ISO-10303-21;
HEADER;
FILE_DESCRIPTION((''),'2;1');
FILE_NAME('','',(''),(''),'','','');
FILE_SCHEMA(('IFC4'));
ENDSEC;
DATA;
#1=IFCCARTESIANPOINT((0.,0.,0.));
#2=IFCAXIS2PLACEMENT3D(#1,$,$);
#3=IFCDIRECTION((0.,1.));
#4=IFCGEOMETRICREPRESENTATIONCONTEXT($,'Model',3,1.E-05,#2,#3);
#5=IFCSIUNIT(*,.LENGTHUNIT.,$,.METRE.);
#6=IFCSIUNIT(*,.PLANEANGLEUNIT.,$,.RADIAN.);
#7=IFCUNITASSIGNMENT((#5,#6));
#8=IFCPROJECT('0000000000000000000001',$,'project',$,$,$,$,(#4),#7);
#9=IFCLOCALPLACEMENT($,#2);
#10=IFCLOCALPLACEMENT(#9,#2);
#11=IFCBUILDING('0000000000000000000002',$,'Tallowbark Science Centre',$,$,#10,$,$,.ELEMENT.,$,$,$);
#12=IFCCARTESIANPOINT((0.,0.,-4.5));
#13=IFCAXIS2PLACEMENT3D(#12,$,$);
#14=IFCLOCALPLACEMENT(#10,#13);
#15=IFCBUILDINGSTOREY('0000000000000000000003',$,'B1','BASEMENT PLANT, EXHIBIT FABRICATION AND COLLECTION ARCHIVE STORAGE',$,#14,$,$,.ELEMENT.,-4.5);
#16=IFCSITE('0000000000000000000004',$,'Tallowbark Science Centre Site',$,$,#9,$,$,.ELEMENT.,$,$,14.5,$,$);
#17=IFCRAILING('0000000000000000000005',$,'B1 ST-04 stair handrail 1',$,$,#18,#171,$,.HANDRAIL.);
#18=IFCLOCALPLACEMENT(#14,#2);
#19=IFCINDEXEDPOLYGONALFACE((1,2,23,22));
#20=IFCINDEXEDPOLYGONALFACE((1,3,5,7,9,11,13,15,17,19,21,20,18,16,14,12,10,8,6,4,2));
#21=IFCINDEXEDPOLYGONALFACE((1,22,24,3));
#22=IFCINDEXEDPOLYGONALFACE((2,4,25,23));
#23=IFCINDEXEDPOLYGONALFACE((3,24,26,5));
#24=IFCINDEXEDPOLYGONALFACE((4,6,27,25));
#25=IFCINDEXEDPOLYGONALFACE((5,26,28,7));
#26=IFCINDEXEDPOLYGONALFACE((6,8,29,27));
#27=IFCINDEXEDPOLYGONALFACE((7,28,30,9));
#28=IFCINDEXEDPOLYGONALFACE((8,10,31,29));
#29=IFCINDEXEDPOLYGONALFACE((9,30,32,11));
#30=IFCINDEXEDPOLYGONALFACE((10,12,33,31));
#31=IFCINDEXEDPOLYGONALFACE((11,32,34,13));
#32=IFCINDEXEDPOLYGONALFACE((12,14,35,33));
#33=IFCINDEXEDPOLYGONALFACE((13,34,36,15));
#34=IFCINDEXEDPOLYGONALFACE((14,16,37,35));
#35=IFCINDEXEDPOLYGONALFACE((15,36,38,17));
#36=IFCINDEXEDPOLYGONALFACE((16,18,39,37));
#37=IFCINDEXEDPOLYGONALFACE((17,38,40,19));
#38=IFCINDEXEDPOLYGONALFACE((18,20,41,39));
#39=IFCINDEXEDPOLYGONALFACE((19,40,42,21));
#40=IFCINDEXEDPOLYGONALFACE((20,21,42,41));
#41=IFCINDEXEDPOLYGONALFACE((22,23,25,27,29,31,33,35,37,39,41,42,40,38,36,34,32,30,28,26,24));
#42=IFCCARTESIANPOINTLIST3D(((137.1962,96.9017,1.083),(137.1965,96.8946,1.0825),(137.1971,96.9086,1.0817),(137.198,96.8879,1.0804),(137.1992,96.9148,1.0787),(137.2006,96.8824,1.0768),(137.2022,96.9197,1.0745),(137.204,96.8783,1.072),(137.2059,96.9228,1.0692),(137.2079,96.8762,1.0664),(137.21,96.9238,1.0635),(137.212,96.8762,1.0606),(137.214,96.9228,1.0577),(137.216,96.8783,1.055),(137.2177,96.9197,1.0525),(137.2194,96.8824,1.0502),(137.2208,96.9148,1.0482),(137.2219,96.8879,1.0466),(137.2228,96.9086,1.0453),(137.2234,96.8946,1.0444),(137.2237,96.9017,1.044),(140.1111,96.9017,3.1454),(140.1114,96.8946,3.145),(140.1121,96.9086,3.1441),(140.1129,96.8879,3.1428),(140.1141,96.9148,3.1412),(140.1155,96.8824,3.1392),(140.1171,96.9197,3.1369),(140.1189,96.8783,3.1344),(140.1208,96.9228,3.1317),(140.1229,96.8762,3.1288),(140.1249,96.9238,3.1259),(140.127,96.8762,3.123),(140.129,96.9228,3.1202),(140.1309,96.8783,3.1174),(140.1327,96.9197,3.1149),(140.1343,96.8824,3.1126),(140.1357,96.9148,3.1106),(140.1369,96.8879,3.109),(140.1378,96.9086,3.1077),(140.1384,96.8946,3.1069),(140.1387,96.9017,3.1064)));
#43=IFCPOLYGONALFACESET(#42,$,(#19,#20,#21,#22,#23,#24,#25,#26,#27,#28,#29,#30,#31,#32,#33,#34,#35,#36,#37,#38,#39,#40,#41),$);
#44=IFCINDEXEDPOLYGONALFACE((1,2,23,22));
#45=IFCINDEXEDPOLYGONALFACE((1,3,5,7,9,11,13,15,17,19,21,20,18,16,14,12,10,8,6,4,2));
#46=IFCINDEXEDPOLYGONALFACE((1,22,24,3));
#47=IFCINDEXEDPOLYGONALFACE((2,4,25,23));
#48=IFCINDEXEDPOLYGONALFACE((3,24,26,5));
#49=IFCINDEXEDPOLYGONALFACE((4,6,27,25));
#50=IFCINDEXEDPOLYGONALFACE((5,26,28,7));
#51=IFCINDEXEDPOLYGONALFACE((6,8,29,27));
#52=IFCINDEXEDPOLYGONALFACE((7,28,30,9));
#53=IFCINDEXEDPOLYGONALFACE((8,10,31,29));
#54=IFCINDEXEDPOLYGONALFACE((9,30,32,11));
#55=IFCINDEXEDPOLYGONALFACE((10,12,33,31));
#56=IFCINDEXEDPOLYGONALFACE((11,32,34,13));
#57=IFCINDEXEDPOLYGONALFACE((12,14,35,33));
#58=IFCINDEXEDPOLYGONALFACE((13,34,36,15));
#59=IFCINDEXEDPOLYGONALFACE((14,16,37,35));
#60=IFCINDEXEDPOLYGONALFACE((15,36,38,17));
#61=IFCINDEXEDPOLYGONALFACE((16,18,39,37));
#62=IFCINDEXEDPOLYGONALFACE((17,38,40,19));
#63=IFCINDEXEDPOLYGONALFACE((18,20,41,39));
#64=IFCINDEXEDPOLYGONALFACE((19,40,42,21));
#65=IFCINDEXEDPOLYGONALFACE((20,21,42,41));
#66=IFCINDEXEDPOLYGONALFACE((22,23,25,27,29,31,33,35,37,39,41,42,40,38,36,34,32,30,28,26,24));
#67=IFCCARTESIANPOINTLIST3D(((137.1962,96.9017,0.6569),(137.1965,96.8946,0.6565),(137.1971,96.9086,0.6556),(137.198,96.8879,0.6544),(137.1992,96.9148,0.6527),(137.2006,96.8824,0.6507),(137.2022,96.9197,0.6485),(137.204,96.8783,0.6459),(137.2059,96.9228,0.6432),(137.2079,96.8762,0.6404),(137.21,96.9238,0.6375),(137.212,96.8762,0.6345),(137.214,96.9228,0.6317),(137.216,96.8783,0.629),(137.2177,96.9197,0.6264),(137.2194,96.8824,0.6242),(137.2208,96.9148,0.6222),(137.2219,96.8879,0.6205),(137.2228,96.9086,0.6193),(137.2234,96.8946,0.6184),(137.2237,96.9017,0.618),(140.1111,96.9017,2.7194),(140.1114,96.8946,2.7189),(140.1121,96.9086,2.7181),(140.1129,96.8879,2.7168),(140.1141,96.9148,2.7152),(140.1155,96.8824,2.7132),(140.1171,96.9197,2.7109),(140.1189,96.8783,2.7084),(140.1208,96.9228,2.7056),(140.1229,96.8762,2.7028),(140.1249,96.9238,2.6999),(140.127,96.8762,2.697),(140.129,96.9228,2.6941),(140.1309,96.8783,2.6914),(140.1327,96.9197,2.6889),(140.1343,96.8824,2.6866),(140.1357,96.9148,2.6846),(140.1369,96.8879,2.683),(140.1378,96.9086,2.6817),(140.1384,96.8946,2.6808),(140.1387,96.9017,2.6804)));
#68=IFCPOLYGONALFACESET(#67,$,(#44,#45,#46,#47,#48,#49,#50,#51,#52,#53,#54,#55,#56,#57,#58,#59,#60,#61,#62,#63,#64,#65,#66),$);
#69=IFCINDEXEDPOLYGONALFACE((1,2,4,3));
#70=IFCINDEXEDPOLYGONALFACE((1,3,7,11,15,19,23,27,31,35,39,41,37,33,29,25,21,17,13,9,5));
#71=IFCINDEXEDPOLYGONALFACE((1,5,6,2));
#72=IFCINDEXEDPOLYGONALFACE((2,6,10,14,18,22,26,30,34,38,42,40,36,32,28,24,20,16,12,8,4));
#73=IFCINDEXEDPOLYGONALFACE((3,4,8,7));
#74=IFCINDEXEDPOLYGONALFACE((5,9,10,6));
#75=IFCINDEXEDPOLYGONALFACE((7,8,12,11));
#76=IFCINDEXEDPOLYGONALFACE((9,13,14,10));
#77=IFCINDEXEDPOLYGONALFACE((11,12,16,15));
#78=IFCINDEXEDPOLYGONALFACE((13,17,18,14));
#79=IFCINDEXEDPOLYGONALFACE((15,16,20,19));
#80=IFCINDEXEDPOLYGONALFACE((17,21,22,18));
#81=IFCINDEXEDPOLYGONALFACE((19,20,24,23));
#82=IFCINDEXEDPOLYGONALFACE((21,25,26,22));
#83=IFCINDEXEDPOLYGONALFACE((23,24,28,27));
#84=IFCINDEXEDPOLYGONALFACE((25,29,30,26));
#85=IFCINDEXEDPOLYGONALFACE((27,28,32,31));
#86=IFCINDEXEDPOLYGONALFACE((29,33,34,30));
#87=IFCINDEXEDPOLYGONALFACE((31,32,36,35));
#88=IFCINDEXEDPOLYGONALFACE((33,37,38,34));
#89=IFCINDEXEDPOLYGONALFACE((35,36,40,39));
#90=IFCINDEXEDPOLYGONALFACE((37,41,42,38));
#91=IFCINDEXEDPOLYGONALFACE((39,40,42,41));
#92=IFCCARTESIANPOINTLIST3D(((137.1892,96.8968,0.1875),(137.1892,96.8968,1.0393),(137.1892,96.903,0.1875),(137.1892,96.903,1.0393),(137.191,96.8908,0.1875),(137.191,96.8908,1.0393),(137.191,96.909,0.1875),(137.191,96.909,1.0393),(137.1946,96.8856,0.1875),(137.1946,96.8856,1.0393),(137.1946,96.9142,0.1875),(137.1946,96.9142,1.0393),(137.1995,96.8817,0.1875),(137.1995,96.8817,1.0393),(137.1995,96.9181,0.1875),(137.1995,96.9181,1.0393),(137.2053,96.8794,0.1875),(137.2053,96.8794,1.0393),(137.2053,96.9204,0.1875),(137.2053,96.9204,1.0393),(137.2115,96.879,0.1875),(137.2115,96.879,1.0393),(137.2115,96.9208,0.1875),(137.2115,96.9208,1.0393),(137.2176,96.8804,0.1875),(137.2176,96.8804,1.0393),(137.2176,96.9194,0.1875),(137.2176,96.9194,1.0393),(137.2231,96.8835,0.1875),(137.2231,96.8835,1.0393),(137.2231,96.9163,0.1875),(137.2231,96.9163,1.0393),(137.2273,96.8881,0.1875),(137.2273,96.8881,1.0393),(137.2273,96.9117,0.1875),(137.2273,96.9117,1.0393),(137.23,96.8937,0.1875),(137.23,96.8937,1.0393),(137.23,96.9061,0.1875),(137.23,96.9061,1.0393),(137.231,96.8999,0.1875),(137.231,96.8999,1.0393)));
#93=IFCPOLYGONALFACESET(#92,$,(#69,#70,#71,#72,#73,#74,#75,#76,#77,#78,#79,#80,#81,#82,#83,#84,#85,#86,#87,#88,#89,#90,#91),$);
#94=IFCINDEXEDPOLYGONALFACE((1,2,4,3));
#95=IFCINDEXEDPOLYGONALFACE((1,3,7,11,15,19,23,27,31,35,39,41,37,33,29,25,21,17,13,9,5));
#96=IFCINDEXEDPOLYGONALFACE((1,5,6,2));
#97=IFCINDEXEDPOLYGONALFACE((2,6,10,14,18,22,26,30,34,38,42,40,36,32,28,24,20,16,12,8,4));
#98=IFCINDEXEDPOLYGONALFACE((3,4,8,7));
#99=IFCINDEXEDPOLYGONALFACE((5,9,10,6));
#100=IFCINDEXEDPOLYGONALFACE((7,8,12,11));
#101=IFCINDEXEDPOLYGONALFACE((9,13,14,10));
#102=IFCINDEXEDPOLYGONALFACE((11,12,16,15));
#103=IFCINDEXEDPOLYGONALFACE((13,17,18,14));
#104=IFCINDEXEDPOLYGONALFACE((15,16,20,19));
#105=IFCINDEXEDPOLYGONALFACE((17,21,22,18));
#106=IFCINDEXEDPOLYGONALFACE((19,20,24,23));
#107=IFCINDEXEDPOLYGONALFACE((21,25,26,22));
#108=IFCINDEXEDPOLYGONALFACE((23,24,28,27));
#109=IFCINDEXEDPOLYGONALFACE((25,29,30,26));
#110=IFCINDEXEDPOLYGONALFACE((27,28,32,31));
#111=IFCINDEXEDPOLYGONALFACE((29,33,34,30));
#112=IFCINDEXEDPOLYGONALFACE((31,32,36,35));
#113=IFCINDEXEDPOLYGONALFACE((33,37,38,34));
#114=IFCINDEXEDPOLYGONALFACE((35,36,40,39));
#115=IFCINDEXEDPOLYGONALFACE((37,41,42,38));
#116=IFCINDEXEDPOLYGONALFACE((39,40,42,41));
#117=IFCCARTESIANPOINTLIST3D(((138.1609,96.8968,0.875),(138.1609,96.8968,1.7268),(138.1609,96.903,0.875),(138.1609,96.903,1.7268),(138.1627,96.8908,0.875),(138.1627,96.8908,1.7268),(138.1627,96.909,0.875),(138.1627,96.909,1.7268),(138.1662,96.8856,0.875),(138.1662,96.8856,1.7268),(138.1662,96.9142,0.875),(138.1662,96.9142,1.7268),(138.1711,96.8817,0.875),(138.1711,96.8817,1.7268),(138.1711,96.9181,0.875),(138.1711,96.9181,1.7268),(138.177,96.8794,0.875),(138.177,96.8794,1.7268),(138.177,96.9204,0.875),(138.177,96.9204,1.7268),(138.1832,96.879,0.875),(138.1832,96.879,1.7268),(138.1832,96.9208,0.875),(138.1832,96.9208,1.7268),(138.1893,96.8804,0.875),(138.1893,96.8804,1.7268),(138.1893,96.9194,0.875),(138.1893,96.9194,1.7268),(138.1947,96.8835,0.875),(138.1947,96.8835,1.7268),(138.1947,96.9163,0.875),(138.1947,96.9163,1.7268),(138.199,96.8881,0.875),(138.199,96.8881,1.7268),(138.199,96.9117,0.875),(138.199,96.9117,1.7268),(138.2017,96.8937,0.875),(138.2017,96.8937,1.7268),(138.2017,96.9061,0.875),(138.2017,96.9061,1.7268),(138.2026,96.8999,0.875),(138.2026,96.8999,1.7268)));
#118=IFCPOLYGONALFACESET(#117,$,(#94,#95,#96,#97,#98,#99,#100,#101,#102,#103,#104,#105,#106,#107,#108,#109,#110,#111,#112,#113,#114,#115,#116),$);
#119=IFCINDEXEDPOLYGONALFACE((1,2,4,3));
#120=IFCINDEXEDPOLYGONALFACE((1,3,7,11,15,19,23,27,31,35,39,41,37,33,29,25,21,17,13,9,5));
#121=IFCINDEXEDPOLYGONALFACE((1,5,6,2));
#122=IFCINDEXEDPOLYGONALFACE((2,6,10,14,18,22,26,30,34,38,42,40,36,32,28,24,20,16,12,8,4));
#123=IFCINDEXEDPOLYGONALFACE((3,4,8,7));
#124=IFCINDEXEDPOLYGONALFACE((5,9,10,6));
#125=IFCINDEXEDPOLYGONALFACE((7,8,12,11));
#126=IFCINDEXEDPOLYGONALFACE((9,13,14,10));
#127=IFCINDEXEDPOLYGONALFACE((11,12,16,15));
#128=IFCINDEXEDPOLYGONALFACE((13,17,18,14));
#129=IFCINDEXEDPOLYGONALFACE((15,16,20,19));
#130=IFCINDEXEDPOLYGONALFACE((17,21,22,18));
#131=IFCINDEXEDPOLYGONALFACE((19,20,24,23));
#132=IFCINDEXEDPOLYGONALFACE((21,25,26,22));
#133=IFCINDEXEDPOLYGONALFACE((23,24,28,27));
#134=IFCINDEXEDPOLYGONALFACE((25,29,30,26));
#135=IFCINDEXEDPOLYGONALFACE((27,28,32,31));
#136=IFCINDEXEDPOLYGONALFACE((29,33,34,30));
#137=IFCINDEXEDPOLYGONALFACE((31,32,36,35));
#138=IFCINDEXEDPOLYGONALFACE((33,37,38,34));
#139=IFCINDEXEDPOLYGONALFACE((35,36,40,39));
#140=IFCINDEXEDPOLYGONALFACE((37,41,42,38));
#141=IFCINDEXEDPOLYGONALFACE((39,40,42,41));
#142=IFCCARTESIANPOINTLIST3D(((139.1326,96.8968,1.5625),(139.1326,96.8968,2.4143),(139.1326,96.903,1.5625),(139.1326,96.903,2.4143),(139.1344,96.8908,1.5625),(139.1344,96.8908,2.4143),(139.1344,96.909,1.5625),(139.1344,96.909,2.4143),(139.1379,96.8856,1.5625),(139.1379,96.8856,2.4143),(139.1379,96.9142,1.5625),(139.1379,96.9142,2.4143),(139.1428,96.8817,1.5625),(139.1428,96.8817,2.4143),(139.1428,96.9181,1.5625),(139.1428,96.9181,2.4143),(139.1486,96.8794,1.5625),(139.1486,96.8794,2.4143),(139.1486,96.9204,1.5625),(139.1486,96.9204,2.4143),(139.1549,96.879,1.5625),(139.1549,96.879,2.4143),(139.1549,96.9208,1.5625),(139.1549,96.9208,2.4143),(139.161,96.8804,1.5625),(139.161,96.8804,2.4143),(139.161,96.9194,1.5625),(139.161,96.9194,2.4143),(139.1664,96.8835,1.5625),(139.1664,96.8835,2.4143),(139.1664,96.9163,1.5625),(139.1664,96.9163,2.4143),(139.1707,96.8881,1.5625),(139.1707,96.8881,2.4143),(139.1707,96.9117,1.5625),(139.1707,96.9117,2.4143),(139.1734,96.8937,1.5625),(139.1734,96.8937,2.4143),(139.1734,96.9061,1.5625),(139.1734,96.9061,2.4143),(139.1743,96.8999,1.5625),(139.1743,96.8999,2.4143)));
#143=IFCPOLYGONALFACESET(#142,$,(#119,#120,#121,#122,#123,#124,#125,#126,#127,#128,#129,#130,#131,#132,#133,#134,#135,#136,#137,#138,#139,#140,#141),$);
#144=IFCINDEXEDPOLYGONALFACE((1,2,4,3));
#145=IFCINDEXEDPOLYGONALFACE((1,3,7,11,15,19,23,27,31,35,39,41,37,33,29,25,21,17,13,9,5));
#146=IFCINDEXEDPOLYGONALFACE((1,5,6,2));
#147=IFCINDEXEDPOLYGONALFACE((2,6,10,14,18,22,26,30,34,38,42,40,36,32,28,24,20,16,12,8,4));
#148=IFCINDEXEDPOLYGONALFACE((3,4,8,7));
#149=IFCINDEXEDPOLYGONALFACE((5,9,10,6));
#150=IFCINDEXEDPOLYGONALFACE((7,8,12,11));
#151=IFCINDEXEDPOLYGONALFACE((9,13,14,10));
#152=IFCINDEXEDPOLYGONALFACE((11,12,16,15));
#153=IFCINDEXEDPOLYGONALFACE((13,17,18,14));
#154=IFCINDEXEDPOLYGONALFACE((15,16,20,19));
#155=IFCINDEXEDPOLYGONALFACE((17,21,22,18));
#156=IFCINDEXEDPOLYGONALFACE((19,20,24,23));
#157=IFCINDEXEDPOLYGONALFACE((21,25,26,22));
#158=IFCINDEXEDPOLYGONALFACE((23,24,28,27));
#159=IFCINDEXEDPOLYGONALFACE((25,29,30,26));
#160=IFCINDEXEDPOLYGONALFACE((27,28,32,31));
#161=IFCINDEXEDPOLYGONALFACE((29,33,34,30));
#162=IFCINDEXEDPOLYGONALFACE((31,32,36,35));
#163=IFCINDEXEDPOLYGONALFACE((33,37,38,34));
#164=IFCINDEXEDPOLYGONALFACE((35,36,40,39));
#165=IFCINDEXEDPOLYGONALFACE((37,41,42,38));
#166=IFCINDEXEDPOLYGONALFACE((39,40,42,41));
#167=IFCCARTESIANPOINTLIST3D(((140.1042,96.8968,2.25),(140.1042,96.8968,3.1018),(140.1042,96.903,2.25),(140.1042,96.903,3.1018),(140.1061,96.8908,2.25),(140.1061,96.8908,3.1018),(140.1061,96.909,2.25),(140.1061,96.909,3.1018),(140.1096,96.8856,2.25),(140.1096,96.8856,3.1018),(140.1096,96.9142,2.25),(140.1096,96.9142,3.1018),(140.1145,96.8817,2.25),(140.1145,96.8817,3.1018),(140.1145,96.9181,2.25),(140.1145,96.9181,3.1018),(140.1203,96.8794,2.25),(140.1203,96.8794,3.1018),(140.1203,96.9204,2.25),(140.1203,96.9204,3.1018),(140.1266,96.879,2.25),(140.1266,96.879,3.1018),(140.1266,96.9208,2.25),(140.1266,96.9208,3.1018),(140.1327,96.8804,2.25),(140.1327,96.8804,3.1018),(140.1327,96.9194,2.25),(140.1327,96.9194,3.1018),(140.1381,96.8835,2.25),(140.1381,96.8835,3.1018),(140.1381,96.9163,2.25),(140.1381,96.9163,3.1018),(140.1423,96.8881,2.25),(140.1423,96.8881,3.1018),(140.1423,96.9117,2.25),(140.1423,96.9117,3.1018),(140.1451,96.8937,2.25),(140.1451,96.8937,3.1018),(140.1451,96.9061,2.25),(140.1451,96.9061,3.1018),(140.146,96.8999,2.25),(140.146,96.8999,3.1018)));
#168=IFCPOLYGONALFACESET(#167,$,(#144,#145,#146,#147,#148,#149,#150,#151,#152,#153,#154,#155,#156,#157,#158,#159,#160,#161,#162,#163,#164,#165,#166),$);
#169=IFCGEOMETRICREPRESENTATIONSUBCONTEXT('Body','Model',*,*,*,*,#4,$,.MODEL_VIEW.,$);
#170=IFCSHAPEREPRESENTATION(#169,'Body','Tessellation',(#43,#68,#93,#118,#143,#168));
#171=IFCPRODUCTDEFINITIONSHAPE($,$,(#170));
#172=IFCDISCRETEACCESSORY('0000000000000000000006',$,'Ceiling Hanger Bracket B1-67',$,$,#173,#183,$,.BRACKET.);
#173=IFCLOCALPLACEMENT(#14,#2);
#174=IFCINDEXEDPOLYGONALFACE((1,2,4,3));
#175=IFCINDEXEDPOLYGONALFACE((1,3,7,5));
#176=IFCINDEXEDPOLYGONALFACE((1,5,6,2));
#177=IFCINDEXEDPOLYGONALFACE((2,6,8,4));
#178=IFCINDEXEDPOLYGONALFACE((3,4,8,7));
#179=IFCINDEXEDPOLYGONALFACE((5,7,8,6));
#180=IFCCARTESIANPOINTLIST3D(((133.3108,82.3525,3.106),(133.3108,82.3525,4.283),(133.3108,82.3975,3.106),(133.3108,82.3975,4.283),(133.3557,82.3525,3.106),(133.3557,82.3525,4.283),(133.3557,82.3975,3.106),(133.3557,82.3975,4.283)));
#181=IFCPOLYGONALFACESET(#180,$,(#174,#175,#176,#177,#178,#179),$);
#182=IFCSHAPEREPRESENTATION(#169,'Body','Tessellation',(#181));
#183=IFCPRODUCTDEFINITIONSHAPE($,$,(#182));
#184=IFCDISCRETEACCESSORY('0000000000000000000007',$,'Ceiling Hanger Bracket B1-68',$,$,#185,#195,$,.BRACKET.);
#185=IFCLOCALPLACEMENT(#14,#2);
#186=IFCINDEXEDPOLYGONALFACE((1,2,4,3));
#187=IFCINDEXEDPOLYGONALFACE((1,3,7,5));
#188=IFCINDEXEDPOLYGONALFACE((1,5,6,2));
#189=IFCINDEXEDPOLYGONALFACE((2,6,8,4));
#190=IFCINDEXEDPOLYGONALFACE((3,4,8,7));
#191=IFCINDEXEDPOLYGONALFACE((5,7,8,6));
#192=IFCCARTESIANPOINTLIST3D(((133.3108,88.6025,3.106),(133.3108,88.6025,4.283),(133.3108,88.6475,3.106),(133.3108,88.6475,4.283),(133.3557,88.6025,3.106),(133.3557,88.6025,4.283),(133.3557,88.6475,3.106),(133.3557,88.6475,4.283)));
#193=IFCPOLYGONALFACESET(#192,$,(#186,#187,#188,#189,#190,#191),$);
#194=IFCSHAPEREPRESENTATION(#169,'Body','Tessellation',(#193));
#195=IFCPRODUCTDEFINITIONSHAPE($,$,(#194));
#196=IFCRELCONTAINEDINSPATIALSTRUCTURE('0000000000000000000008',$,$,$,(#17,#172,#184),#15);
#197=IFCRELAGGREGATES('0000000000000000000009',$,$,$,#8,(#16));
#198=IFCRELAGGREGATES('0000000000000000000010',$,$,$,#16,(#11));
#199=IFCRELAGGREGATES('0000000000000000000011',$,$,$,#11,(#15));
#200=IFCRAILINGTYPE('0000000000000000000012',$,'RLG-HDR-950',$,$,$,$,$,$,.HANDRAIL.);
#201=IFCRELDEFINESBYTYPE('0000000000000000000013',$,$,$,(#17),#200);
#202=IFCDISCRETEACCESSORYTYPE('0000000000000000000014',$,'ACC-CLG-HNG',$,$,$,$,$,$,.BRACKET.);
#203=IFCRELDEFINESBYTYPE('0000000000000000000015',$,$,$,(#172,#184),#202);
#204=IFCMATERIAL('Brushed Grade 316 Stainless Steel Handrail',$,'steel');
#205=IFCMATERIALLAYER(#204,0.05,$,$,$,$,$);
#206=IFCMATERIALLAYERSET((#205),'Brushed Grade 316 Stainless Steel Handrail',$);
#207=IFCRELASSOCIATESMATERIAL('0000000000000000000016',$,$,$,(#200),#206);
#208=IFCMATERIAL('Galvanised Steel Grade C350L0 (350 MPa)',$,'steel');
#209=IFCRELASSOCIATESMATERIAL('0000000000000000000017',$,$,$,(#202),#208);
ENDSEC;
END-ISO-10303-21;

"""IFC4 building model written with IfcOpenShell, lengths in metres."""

from ifc_helpers import new_model, si_unit, direction, frame, origin, origin_2d, place, context, subcontext, project, spatial, rectangle, circle, extrude, material, layer, layer_set, type_object, element, save


model = new_model("IFC4")

# Units and contexts
model_context = context("Model", 3, precision=1e-05, world=origin(), true_north=direction((0.0, 1.0)))
body_context = subcontext(model_context, "Body", "Model", "MODEL_VIEW")
ifc_project = project(units=[si_unit("LENGTHUNIT", "METRE"), si_unit("PLANEANGLEUNIT", "RADIAN")], contexts=[model_context])

# Site, building, storey
site_placement = place(None, origin())
site = spatial("IfcSite", under=ifc_project, at=site_placement, Name="Tallowbark Science Centre Site", CompositionType="ELEMENT", RefElevation=14.5)
building_placement = place(site_placement, origin())
building = spatial("IfcBuilding", under=site, at=building_placement, Name="Tallowbark Science Centre", CompositionType="ELEMENT")
storey_placement = place(building_placement, frame((0.0, 0.0, -4.5)))
storey = spatial("IfcBuildingStorey", under=building, at=storey_placement, Name="B1", Description="BASEMENT PLANT, EXHIBIT FABRICATION AND COLLECTION ARCHIVE STORAGE", CompositionType="ELEMENT", Elevation=-4.5)

# Railing
ifc_material_1 = material(Name="Brushed Grade 316 Stainless Steel Handrail", Category="steel")
ifc_layer_1 = layer(ifc_material_1, 0.05)
ifc_layer_set_1 = layer_set([ifc_layer_1], Name="Brushed Grade 316 Stainless Steel Handrail")
railing_type = type_object("IfcRailingType", Name="RLG-HDR-950", PredefinedType="HANDRAIL", material=ifc_layer_set_1)
railing_placement = place(storey_placement, frame((137.21, 96.8999, 0.1875)))
element("IfcRailing", 1, at=railing_placement, inside=storey, type_object=railing_type, Name="B1 ST-04 stair handrail 1", PredefinedType="HANDRAIL", context=body_context, shape_type="SweptSolid", body=[
    extrude(circle(Radius=0.0239, at=origin_2d()), frame((0.0, 0.0, 0.876), z_axis=(0.816331, 0.0, 0.577585), x_axis=(0.0, 1.0, 0.0)), (0.0, 0.0, 1.0), 3.5708),
    extrude(circle(Radius=0.0239, at=origin_2d()), frame((0.0, 0.0, 0.45), z_axis=(0.816331, 0.0, 0.577585), x_axis=(0.0, 1.0, 0.0)), (0.0, 0.0, 1.0), 3.5708),
    extrude(circle(Radius=0.021, at=origin_2d()), origin(), (0.0, 0.0, 1.0), 0.8518),
    extrude(circle(Radius=0.021, at=origin_2d()), frame((0.9717, 0.0, 0.6875)), (0.0, 0.0, 1.0), 0.8518),
    extrude(circle(Radius=0.021, at=origin_2d()), frame((1.9434, 0.0, 1.375)), (0.0, 0.0, 1.0), 0.8518),
    extrude(circle(Radius=0.021, at=origin_2d()), frame((2.915, 0.0, 2.0625)), (0.0, 0.0, 1.0), 0.8518),
])

# Discrete accessories
ifc_material_2 = material(Name="Galvanised Steel Grade C350L0 (350 MPa)", Category="steel")
discrete_accessory_type = type_object("IfcDiscreteAccessoryType", Name="ACC-CLG-HNG", PredefinedType="BRACKET", material=ifc_material_2)
for number, where, z_axis, x_axis, name in (
    (2, (133.3333, 82.375, 3.106), (0.0, 0.0, 1.0), (1.0, 0.0, 0.0), "Ceiling Hanger Bracket B1-67"),
    (3, (133.3333, 88.625, 3.106), (0.0, 0.0, 1.0), (1.0, 0.0, 0.0), "Ceiling Hanger Bracket B1-68"),
):
    element("IfcDiscreteAccessory", number, at=place(storey_placement, frame(where, z_axis=z_axis, x_axis=x_axis)), inside=storey, type_object=discrete_accessory_type, Name=name, PredefinedType="BRACKET", context=body_context, shape_type="SweptSolid", body=[
        extrude(rectangle(XDim=0.0449, YDim=0.0449, at=origin_2d()), origin(), (0.0, 0.0, 1.0), 1.177),
    ])

save(model, "model.ifc")
